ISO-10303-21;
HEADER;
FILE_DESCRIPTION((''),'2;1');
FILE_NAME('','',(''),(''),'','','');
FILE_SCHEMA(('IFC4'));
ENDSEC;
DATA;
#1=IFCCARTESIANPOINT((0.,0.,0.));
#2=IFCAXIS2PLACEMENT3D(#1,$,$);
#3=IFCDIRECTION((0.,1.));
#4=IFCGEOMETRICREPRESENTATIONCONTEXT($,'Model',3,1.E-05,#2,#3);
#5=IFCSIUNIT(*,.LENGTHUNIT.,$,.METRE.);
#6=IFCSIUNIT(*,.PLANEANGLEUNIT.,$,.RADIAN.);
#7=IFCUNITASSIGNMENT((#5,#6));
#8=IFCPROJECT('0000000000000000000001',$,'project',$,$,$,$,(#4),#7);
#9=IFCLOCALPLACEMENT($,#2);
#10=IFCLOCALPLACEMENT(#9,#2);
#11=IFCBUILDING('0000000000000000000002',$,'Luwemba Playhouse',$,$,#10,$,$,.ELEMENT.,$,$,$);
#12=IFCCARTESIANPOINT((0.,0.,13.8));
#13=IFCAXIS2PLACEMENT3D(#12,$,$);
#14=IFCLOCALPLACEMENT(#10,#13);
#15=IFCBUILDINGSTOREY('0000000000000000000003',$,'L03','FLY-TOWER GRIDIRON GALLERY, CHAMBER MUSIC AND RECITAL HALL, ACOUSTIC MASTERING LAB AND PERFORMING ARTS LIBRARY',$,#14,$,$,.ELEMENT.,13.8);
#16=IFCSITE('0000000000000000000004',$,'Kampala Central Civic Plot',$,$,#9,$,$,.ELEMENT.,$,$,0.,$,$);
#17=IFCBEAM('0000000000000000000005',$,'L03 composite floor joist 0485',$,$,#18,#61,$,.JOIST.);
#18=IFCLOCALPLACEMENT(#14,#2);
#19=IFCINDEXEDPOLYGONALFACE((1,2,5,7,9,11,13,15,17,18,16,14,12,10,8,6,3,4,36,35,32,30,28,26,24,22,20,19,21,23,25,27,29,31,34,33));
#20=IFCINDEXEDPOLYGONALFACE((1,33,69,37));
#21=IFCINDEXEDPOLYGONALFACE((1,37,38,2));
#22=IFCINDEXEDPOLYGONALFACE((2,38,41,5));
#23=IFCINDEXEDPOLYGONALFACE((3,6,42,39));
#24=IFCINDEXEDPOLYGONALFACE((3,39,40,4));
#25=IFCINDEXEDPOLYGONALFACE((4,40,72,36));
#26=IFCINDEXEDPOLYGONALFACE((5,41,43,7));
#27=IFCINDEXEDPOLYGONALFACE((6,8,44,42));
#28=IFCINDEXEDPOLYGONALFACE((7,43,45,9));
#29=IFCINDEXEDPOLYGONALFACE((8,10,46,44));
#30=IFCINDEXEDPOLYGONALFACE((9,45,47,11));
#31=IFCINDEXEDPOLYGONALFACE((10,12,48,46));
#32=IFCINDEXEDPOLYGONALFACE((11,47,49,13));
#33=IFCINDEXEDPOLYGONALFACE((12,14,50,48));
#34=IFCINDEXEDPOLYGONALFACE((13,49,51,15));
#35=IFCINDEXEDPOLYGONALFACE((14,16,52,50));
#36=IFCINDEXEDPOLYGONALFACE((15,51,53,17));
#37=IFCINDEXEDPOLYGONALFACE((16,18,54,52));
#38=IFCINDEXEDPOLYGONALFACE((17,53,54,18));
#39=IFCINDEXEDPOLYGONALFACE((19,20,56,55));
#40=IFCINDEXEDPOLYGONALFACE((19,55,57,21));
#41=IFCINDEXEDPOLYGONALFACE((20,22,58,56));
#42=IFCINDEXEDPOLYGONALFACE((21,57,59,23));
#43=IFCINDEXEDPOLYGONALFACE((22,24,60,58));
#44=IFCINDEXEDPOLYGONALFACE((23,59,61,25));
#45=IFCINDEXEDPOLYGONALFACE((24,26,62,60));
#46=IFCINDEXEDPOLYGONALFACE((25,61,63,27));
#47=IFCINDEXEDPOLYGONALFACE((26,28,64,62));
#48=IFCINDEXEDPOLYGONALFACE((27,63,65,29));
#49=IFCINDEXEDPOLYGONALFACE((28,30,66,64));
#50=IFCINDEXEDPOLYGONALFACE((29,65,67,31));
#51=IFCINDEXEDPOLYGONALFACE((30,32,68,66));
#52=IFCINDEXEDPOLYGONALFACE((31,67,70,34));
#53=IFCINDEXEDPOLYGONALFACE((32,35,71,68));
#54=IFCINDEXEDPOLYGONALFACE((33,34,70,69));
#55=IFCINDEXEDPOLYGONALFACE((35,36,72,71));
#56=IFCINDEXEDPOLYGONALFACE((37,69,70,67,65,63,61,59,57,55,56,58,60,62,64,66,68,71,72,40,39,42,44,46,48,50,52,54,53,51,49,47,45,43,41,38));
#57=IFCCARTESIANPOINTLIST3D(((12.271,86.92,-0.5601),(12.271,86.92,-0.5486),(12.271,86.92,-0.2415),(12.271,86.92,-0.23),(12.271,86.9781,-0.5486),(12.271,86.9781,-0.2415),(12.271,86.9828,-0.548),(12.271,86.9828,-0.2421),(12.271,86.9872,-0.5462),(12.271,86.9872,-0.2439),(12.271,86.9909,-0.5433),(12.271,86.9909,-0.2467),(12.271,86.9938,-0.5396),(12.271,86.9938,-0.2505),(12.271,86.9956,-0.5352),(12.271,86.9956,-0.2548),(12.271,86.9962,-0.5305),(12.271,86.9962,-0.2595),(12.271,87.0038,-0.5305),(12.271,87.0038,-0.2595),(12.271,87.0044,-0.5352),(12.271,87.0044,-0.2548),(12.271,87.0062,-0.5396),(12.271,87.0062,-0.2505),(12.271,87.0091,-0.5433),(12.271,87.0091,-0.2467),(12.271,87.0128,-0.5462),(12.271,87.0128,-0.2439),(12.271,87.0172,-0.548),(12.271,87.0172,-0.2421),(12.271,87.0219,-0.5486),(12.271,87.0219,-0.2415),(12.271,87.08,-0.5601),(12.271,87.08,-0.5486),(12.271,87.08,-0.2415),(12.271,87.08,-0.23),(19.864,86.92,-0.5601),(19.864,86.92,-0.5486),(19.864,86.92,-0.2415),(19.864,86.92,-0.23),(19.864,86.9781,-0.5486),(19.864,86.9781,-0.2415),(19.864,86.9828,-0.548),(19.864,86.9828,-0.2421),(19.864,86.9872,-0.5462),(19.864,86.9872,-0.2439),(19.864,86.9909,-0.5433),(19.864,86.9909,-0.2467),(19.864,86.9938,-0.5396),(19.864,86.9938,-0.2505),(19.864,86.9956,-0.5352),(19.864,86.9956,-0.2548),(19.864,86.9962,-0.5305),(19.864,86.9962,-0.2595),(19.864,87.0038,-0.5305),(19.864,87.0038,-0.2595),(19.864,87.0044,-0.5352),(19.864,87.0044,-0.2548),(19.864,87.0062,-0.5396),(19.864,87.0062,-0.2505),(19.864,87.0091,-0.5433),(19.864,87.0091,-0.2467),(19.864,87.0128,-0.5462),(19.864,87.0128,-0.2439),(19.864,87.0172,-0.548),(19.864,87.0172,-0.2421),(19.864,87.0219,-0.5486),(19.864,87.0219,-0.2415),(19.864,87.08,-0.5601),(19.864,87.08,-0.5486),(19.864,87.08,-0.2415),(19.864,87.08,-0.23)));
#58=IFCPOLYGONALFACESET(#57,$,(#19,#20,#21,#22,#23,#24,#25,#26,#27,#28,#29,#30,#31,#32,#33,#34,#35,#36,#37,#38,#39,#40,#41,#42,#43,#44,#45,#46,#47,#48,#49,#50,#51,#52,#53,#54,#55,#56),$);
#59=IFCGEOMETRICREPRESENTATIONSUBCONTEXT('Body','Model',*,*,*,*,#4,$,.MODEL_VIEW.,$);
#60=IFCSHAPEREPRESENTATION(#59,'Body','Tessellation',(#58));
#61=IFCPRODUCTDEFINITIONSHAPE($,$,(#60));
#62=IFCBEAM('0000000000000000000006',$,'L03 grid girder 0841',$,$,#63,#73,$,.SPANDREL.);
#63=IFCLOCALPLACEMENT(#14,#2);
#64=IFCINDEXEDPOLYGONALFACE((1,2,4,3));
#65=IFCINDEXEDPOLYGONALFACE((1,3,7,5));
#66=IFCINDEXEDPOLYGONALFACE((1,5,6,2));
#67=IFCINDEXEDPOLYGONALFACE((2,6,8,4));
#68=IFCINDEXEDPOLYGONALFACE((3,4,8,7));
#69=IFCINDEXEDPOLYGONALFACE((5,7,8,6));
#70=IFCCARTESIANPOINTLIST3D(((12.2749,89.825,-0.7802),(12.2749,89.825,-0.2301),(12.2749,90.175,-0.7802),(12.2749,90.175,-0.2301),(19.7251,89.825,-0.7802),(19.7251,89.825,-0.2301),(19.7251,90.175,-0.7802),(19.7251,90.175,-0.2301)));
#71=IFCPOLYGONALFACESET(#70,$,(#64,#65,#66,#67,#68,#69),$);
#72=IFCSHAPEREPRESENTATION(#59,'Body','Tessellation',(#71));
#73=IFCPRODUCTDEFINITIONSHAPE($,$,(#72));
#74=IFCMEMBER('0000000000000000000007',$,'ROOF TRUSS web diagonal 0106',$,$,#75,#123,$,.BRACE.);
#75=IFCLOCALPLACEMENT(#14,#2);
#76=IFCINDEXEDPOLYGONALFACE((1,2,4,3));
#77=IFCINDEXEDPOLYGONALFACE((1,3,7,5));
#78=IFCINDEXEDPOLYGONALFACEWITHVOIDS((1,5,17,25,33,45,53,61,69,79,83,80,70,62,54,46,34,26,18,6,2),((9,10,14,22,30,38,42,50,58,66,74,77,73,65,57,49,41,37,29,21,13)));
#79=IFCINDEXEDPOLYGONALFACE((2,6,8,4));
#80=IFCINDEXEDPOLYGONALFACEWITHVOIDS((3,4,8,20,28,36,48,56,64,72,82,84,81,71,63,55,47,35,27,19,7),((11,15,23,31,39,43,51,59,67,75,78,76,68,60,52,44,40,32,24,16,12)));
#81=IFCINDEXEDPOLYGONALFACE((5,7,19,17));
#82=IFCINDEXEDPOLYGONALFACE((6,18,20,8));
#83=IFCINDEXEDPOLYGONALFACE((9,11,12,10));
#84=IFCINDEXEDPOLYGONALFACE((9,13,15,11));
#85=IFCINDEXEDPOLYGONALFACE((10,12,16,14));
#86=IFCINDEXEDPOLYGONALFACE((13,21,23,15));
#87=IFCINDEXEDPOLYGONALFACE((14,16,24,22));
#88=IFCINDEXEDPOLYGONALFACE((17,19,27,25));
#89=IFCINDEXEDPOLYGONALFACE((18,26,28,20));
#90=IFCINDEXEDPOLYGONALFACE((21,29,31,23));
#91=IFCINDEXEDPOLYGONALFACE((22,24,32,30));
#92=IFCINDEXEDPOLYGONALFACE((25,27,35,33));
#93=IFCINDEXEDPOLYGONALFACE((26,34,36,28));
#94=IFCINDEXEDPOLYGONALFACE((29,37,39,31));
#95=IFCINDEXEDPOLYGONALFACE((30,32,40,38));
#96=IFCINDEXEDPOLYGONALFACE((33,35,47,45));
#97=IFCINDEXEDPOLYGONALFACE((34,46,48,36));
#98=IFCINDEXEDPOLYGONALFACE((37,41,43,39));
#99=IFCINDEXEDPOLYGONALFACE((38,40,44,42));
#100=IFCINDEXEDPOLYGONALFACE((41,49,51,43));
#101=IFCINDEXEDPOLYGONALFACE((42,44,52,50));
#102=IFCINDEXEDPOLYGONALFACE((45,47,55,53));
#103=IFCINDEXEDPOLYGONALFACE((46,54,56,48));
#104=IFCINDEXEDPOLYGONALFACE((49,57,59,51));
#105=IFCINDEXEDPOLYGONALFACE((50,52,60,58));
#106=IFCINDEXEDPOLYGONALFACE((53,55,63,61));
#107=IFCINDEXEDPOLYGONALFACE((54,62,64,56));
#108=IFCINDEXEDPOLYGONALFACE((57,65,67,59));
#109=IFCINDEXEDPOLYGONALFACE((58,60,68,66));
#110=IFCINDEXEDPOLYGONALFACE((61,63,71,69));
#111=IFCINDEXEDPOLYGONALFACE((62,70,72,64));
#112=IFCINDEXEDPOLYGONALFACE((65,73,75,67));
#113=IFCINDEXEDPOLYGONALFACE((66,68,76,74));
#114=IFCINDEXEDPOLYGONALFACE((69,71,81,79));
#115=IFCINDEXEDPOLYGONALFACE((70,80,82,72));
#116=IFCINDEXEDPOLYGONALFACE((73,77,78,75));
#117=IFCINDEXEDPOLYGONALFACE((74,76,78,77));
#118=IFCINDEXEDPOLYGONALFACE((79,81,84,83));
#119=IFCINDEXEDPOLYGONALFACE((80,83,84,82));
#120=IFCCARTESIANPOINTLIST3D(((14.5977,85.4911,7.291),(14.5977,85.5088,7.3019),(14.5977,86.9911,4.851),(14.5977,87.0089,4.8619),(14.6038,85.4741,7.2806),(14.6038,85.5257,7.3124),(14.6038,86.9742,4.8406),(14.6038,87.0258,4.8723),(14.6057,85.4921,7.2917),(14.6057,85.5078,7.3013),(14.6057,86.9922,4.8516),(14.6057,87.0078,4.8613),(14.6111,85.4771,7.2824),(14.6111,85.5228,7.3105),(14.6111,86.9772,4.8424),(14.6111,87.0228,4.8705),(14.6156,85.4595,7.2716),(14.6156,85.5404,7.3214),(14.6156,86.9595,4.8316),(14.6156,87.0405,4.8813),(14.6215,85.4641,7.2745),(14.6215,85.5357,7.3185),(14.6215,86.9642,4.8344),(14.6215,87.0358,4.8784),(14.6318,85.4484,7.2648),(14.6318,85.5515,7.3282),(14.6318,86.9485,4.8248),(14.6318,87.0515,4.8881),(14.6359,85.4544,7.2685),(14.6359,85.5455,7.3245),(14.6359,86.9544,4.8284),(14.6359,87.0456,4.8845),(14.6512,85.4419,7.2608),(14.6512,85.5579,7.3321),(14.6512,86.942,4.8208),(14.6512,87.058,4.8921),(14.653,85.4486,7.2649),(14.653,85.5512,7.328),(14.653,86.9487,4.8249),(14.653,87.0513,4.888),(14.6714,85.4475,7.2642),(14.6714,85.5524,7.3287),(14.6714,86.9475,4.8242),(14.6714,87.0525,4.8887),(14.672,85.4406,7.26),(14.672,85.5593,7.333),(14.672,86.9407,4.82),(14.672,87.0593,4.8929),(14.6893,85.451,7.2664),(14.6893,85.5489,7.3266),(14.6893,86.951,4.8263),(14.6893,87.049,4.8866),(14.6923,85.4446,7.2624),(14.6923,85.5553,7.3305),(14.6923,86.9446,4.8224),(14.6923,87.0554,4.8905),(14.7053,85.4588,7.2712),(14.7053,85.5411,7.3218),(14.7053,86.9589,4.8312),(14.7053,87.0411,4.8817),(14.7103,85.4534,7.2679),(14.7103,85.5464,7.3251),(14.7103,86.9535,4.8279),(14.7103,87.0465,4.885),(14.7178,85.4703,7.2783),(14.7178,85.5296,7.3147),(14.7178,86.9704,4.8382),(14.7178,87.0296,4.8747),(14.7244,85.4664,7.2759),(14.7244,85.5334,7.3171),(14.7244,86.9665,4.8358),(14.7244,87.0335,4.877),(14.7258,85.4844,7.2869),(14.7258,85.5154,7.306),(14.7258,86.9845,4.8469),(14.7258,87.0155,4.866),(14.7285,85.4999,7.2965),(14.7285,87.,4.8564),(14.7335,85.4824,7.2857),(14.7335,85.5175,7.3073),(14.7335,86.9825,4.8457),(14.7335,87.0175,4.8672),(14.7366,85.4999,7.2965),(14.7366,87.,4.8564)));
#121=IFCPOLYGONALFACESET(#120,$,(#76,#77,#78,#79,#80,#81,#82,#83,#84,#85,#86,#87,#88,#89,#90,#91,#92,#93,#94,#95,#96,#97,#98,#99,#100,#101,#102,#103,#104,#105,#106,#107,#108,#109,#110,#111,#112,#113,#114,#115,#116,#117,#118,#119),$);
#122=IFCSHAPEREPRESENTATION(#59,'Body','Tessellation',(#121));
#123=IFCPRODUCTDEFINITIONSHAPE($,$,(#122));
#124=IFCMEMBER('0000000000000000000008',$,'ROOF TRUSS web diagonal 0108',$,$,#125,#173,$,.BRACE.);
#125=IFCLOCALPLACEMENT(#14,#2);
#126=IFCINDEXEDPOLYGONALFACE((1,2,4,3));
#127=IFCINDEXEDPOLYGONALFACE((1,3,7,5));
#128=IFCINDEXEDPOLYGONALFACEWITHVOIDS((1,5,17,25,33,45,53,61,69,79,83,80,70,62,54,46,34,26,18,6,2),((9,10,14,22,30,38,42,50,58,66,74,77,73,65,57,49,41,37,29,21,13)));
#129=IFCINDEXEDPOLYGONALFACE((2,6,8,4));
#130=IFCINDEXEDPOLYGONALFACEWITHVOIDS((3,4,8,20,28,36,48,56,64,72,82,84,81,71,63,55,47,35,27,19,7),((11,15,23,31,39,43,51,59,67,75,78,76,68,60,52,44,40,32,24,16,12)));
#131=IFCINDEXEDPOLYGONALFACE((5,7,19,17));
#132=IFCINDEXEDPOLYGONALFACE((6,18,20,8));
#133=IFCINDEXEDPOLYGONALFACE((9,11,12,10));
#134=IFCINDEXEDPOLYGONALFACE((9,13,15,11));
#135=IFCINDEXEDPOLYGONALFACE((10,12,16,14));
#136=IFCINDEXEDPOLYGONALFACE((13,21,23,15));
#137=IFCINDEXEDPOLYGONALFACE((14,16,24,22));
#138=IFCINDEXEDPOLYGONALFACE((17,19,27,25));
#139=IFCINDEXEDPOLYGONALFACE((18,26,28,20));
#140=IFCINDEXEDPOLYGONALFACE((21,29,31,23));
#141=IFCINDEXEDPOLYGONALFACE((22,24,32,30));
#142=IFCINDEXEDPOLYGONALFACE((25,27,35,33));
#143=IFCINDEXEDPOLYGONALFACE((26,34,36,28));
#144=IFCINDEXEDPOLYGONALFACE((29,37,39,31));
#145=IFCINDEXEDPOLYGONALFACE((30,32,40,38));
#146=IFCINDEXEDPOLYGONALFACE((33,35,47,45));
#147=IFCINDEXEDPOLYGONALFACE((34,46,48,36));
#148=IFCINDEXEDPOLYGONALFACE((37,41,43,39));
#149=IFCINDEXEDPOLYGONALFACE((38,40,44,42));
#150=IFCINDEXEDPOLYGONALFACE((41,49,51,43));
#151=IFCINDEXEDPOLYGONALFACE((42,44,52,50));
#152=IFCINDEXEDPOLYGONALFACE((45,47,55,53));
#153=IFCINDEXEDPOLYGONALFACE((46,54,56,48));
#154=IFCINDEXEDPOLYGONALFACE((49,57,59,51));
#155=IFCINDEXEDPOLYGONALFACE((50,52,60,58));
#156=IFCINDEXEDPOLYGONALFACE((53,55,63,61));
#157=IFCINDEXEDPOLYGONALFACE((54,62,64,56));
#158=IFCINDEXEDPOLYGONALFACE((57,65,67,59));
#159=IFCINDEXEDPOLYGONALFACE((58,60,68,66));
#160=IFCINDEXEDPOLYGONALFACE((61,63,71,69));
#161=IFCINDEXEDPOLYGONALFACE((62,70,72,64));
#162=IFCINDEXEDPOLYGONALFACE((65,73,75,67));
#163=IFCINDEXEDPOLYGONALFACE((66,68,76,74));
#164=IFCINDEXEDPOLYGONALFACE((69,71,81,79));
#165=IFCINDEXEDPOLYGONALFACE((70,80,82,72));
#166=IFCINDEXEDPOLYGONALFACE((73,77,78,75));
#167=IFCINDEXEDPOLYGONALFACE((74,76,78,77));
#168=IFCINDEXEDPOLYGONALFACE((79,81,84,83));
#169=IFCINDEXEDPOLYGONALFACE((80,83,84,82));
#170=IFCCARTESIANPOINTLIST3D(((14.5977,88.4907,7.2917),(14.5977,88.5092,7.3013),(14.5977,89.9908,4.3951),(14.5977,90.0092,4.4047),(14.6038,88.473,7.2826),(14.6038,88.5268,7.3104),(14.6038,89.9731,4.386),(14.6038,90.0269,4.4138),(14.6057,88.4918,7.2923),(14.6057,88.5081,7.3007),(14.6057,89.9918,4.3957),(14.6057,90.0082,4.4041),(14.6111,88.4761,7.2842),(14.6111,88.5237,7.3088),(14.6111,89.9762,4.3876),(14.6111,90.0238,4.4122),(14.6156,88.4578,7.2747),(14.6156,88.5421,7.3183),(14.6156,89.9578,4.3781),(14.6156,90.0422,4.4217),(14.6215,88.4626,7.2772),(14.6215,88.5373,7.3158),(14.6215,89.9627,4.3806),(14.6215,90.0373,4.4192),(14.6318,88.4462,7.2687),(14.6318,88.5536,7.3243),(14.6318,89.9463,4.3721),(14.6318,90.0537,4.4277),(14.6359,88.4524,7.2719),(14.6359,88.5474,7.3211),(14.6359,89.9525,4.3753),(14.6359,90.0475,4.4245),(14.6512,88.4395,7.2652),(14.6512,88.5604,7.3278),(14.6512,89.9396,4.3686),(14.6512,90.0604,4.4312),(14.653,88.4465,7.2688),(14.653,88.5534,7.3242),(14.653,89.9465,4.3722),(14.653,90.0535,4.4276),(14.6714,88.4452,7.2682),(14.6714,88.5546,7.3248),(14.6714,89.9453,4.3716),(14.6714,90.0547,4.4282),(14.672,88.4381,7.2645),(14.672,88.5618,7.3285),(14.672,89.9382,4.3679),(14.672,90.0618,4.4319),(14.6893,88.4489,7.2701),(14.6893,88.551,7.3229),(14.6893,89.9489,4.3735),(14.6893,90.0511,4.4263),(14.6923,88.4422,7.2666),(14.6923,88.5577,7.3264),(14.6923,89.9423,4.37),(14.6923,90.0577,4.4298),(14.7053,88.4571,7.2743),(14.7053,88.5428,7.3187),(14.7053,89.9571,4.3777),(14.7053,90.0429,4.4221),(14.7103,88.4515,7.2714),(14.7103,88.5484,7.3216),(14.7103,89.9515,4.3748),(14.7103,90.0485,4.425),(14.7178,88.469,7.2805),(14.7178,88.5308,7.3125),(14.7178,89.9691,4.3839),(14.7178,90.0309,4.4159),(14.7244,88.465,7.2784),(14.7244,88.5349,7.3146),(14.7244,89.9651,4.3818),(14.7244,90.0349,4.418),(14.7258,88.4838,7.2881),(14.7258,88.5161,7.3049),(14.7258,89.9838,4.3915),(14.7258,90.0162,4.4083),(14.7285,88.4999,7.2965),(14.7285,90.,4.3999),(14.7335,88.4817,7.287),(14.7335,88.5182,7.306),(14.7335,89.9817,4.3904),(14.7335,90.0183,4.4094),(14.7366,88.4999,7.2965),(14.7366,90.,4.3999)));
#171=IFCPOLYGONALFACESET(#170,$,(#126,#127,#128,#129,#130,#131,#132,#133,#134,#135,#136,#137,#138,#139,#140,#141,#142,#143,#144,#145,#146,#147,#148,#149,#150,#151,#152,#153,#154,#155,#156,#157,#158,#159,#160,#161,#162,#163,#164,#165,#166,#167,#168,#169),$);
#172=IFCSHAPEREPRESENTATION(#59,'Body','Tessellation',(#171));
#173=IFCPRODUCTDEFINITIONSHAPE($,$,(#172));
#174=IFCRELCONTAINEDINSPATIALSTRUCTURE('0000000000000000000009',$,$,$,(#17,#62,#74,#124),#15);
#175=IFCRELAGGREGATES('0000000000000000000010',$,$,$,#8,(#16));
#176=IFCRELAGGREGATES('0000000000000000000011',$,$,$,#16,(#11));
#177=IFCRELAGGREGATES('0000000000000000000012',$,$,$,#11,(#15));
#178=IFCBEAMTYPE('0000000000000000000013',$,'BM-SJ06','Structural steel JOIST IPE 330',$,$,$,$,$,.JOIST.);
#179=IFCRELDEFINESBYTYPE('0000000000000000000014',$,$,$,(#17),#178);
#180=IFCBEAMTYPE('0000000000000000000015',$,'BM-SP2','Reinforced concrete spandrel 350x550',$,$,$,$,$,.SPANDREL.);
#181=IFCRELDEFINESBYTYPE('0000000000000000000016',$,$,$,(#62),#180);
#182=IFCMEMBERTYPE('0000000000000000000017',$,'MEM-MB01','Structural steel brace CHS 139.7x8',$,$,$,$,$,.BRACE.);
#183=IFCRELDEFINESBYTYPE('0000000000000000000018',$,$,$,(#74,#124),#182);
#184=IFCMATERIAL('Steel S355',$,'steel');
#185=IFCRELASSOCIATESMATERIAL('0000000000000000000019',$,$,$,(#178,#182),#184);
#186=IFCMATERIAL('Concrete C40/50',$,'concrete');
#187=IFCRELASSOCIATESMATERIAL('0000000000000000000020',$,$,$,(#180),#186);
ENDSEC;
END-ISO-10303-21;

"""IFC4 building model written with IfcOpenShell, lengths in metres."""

from ifc_helpers import new_model, si_unit, direction, frame, origin, origin_2d, place, context, subcontext, project, spatial, rectangle, hollow_circle, i_section, extrude, material, material_profile, profile_set, type_object, element, save


model = new_model("IFC4")

# Units and contexts
model_context = context("Model", 3, precision=1e-05, world=origin(), true_north=direction((0.0, 1.0)))
body_context = subcontext(model_context, "Body", "Model", "MODEL_VIEW")
ifc_project = project(units=[si_unit("LENGTHUNIT", "METRE"), si_unit("PLANEANGLEUNIT", "RADIAN")], contexts=[model_context])

# Site, building, storey
site_placement = place(None, origin())
site = spatial("IfcSite", under=ifc_project, at=site_placement, Name="Kampala Central Civic Plot", CompositionType="ELEMENT", RefElevation=0.0)
building_placement = place(site_placement, origin())
building = spatial("IfcBuilding", under=site, at=building_placement, Name="Luwemba Playhouse", CompositionType="ELEMENT")
storey_placement = place(building_placement, frame((0.0, 0.0, 13.8)))
storey = spatial("IfcBuildingStorey", under=building, at=storey_placement, Name="L03", Description="FLY-TOWER GRIDIRON GALLERY, CHAMBER MUSIC AND RECITAL HALL, ACOUSTIC MASTERING LAB AND PERFORMING ARTS LIBRARY", CompositionType="ELEMENT", Elevation=13.8)

# Shared definitions
ifc_material_1 = material(Name="Steel S355", Category="steel")

# Beams
ifc_material_2 = material(Name="Concrete C40/50", Category="concrete")
ifc_material_profile_1 = material_profile(ifc_material_1, i_section(OverallWidth=0.1599, OverallDepth=0.3301, WebThickness=0.0076, FlangeThickness=0.0115, FilletRadius=0.0181, at=origin_2d()))
ifc_profile_set_1 = profile_set([ifc_material_profile_1], Name="Steel S355")
beam_type_1 = type_object("IfcBeamType", Name="BM-SJ06", Description="Structural steel JOIST IPE 330", PredefinedType="JOIST", material=ifc_profile_set_1)
beam_1_placement = place(storey_placement, frame((12.271, 87.0, -0.395), z_axis=(1.0, 0.0, 0.0), x_axis=(0.0, 1.0, 0.0)))
element("IfcBeam", 1, at=beam_1_placement, inside=storey, type_object=beam_type_1, Name="L03 composite floor joist 0485", PredefinedType="JOIST", context=body_context, shape_type="SweptSolid", body=[
    extrude(i_section(OverallWidth=0.1599, OverallDepth=0.3301, WebThickness=0.0076, FlangeThickness=0.0115, FilletRadius=0.0181, at=origin_2d()), origin(), (0.0, 0.0, 1.0), 7.593),
])
ifc_material_profile_2 = material_profile(ifc_material_2, rectangle(XDim=0.3501, YDim=0.55, at=origin_2d()))
ifc_profile_set_2 = profile_set([ifc_material_profile_2], Name="Concrete C40/50")
beam_type_2 = type_object("IfcBeamType", Name="BM-SP2", Description="Reinforced concrete spandrel 350x550", PredefinedType="SPANDREL", material=ifc_profile_set_2)
beam_2_placement = place(storey_placement, frame((12.2749, 90.0, -0.5051), z_axis=(1.0, 0.0, 0.0), x_axis=(0.0, 1.0, 0.0)))
element("IfcBeam", 2, at=beam_2_placement, inside=storey, type_object=beam_type_2, Name="L03 grid girder 0841", PredefinedType="SPANDREL", context=body_context, shape_type="SweptSolid", body=[
    extrude(rectangle(XDim=0.3501, YDim=0.55, at=origin_2d()), origin(), (0.0, 0.0, 1.0), 7.4502),
])

# Members
ifc_material_profile_3 = material_profile(ifc_material_1, hollow_circle(Radius=0.0698, WallThickness=0.0081, at=origin_2d()))
ifc_profile_set_3 = profile_set([ifc_material_profile_3], Name="Steel S355")
member_type_1 = type_object("IfcMemberType", Name="MEM-MB01", Description="Structural steel brace CHS 139.7x8", PredefinedType="BRACE", material=ifc_profile_set_3)
member_1_placement = place(storey_placement, frame((14.6667, 87.0, 4.8564), z_axis=(0.0, -0.523717, 0.851892), x_axis=(1.0, 0.0, 0.0)))
element("IfcMember", 3, at=member_1_placement, inside=storey, type_object=member_type_1, Name="ROOF TRUSS web diagonal 0106", PredefinedType="BRACE", context=body_context, shape_type="SweptSolid", body=[
    extrude(hollow_circle(Radius=0.0698, WallThickness=0.0081, at=origin_2d()), origin(), (0.0, 0.0, 1.0), 2.8643),
])
member_2_placement = place(storey_placement, frame((14.6667, 90.0, 4.3999), z_axis=(0.0, -0.459863, 0.88799), x_axis=(1.0, 0.0, 0.0)))
element("IfcMember", 4, at=member_2_placement, inside=storey, type_object=member_type_1, Name="ROOF TRUSS web diagonal 0108", PredefinedType="BRACE", context=body_context, shape_type="SweptSolid", body=[
    extrude(hollow_circle(Radius=0.0698, WallThickness=0.0081, at=origin_2d()), origin(), (0.0, 0.0, 1.0), 3.262),
])

save(model, "model.ifc")
